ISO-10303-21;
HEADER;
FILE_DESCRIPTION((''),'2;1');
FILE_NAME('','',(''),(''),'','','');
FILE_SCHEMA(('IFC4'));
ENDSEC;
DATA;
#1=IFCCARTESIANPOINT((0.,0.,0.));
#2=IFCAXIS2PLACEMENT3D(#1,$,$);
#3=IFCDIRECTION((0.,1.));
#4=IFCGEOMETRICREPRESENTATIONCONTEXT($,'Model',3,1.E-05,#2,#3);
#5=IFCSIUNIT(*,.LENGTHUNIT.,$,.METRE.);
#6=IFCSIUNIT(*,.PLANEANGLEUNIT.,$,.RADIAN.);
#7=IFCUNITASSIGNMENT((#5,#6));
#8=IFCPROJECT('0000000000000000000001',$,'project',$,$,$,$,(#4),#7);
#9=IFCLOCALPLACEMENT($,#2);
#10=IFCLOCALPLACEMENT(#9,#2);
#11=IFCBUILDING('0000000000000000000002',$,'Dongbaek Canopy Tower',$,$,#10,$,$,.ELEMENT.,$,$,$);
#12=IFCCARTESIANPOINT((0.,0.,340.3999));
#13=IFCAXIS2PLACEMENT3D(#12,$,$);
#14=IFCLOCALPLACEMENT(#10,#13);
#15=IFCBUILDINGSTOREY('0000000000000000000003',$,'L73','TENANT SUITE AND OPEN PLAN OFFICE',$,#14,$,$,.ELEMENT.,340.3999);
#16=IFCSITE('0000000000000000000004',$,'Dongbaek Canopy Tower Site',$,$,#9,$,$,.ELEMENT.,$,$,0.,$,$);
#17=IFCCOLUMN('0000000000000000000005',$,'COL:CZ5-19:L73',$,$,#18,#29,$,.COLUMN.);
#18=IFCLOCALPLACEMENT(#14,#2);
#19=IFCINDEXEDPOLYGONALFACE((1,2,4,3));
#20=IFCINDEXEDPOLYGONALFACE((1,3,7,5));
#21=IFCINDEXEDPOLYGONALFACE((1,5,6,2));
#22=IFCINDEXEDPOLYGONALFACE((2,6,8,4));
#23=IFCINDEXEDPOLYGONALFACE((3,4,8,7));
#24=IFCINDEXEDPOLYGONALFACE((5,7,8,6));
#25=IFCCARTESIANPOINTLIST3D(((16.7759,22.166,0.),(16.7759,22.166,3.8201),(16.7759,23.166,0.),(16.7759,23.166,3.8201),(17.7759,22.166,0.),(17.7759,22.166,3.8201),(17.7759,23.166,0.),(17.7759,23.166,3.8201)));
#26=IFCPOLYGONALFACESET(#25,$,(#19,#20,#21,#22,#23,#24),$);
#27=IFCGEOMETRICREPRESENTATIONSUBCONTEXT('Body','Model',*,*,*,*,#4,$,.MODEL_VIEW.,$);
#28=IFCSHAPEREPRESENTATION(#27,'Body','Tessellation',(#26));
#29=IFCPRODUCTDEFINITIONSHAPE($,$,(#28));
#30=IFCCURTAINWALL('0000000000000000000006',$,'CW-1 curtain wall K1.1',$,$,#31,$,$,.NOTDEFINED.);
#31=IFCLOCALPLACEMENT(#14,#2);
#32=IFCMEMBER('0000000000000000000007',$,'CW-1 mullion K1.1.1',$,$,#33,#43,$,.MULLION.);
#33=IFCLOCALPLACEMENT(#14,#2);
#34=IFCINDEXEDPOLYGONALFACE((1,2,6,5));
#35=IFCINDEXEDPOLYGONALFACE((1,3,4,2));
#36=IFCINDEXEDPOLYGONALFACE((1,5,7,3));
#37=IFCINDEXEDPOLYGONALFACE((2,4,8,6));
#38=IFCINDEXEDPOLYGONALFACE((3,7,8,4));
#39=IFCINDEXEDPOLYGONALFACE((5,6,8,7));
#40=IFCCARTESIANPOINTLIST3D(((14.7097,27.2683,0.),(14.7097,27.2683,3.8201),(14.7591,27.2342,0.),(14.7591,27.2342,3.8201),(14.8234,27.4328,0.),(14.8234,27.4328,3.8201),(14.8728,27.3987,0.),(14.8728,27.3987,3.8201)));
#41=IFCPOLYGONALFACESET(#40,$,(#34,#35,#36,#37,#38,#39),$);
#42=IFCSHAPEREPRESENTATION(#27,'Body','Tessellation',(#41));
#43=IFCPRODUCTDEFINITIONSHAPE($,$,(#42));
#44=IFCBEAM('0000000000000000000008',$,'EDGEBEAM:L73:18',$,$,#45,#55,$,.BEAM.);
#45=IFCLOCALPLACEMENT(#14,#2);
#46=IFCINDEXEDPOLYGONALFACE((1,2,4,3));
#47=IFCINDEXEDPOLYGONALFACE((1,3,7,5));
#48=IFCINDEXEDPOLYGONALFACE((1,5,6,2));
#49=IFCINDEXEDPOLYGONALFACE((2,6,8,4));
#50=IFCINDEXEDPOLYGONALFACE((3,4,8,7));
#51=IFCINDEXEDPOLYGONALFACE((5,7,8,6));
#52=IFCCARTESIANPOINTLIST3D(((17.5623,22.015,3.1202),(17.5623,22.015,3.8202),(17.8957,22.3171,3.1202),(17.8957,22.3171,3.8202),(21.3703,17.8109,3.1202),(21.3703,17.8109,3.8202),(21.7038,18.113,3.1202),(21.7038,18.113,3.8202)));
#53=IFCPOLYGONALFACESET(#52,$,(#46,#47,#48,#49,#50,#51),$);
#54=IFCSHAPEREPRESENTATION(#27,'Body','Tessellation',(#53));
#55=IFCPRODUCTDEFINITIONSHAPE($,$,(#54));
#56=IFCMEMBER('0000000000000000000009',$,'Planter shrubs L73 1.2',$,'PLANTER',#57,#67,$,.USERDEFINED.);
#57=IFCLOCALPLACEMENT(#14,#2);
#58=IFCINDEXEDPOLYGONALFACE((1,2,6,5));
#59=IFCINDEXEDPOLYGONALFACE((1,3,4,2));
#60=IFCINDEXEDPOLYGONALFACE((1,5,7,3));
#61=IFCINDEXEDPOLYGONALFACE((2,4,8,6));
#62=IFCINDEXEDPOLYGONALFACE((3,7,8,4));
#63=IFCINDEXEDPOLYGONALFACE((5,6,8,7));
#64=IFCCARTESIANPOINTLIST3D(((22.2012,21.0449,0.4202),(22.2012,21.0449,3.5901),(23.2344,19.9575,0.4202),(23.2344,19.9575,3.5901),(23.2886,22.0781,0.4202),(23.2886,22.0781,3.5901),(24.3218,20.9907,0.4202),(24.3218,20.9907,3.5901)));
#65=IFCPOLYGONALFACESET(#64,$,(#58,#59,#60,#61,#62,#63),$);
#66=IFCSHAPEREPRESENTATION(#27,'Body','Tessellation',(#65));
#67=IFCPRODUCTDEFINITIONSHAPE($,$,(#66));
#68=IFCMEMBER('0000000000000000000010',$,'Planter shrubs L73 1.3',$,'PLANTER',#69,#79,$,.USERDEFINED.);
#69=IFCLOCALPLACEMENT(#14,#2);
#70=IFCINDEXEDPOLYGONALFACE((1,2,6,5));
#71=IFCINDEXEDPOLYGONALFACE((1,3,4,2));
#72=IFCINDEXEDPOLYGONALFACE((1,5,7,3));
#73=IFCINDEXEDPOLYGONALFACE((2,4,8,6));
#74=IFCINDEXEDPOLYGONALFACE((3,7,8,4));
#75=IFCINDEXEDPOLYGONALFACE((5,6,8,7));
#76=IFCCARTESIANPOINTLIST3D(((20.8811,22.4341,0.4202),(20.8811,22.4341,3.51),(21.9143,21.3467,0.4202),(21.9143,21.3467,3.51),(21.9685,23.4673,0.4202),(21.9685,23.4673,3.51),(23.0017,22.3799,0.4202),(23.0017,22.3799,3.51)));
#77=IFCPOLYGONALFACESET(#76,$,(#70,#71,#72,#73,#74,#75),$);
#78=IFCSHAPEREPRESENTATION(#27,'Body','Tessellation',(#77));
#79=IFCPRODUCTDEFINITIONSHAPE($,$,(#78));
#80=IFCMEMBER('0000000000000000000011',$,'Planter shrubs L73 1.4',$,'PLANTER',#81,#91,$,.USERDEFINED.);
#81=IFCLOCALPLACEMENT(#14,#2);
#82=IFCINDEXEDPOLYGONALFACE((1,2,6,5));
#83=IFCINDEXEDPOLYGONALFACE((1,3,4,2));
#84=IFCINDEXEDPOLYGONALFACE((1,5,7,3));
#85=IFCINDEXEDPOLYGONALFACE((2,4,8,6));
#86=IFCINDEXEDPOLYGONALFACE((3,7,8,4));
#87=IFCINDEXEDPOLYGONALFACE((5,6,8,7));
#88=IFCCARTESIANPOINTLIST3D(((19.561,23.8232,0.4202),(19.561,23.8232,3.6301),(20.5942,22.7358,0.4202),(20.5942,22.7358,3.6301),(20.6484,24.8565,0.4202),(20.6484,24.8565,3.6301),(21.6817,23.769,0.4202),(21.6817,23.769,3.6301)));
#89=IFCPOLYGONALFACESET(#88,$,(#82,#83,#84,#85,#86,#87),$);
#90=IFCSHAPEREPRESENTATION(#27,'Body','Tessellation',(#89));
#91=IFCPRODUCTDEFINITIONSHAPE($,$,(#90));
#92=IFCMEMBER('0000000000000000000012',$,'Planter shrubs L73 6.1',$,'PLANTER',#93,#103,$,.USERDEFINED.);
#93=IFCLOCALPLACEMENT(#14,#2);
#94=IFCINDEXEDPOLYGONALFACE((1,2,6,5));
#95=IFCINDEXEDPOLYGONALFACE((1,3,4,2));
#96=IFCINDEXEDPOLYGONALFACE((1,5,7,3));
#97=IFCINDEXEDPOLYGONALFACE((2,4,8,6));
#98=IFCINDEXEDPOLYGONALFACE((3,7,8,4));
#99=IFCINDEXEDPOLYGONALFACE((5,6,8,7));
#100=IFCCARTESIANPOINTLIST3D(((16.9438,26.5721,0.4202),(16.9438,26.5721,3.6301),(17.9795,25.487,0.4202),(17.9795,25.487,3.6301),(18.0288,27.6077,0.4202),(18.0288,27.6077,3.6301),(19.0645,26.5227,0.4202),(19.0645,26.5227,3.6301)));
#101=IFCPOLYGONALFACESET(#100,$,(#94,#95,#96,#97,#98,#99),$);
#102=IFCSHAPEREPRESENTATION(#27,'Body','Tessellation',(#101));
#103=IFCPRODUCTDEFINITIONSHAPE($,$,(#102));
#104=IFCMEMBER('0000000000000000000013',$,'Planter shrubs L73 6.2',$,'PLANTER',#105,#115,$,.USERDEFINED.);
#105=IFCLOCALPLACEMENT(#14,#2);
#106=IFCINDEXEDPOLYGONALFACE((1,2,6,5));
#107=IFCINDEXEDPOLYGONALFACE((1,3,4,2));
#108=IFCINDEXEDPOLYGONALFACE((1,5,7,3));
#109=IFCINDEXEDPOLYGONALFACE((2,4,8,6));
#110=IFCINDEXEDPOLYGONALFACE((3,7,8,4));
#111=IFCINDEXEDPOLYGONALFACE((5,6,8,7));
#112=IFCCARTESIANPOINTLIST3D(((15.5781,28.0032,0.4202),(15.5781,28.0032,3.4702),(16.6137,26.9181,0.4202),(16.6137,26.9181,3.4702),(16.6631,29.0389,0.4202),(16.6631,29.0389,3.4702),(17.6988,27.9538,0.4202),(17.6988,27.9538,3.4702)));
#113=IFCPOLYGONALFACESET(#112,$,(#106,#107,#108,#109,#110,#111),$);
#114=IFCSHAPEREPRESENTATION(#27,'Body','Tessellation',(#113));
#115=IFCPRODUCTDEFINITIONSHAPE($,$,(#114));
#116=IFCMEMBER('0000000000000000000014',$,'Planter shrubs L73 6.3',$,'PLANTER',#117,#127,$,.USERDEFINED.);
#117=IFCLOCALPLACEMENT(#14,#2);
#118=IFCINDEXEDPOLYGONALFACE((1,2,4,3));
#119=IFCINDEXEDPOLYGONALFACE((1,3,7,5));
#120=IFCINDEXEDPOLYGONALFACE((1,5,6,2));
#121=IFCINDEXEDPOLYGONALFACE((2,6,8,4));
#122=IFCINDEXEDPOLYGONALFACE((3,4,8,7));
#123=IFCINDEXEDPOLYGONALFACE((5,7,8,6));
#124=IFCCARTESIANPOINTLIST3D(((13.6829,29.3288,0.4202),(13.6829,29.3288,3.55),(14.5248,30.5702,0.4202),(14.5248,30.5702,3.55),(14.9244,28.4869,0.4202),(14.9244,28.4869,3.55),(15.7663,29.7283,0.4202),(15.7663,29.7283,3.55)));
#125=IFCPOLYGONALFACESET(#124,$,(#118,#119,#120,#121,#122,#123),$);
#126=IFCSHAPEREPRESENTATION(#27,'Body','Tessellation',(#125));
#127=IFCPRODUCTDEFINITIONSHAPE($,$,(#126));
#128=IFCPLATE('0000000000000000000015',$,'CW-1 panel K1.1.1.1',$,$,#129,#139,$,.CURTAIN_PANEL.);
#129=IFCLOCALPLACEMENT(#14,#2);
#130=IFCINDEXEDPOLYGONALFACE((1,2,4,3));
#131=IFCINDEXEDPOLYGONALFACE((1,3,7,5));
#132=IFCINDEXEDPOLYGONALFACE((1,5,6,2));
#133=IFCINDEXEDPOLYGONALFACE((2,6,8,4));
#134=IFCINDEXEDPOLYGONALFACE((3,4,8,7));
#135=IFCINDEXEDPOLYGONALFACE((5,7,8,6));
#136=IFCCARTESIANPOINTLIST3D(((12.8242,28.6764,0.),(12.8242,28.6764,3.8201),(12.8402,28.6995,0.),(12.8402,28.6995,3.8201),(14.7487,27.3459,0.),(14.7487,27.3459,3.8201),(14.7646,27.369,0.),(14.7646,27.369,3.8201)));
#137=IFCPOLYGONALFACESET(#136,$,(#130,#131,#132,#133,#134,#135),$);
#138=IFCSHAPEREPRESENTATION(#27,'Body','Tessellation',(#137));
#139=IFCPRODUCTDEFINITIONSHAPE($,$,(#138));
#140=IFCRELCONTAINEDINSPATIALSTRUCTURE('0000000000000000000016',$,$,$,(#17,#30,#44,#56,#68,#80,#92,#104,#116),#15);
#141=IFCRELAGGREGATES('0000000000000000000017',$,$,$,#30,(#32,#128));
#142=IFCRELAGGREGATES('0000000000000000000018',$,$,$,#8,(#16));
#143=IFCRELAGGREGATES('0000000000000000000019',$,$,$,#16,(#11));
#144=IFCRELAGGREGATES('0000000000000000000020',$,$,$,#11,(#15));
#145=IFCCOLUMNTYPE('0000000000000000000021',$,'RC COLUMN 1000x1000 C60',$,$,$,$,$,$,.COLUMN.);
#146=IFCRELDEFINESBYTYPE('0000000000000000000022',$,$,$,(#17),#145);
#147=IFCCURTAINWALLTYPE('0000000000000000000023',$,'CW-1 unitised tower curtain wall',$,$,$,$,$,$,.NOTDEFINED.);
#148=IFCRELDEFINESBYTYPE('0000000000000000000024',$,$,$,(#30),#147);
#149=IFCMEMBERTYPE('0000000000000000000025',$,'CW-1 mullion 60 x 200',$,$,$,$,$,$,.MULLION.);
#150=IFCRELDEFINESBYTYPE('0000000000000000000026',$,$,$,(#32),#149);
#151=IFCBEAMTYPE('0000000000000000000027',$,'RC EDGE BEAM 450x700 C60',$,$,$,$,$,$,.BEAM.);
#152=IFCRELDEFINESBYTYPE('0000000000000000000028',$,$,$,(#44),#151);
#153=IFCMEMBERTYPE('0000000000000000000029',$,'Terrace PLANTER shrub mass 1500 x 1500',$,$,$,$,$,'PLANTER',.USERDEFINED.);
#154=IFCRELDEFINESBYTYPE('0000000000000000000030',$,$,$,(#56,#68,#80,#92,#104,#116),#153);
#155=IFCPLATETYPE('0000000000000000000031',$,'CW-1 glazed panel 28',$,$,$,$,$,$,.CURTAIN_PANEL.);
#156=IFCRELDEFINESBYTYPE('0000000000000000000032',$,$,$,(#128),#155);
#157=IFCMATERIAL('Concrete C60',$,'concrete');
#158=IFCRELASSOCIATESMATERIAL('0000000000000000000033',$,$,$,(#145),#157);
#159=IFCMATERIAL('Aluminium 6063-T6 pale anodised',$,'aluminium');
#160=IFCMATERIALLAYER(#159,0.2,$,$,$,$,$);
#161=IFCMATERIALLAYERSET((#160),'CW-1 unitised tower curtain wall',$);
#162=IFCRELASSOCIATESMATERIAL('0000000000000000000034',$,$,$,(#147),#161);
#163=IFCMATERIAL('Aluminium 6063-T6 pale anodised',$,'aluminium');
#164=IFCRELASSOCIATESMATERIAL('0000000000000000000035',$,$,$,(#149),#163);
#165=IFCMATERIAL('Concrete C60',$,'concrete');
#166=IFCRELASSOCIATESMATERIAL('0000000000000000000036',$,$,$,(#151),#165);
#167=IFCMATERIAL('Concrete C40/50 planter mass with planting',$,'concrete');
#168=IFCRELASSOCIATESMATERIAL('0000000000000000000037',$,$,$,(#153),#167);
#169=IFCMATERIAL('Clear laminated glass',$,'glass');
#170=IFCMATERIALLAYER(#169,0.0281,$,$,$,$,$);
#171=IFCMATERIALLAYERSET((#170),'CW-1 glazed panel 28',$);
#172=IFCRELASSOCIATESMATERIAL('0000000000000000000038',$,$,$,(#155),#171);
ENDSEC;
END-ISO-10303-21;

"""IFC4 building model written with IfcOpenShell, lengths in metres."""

from ifc_helpers import new_model, si_unit, direction, frame, origin, origin_2d, place, context, subcontext, project, spatial, rectangle, extrude, material, layer, layer_set, material_profile, profile_set, type_object, element, aggregate, save


model = new_model("IFC4")

# Units and contexts
model_context = context("Model", 3, precision=1e-05, world=origin(), true_north=direction((0.0, 1.0)))
body_context = subcontext(model_context, "Body", "Model", "MODEL_VIEW")
ifc_project = project(units=[si_unit("LENGTHUNIT", "METRE"), si_unit("PLANEANGLEUNIT", "RADIAN")], contexts=[model_context])

# Site, building, storey
site_placement = place(None, origin())
site = spatial("IfcSite", under=ifc_project, at=site_placement, Name="Dongbaek Canopy Tower Site", CompositionType="ELEMENT", RefElevation=0.0)
building_placement = place(site_placement, origin())
building = spatial("IfcBuilding", under=site, at=building_placement, Name="Dongbaek Canopy Tower", CompositionType="ELEMENT")
storey_placement = place(building_placement, frame((0.0, 0.0, 340.3999)))
storey = spatial("IfcBuildingStorey", under=building, at=storey_placement, Name="L73", Description="TENANT SUITE AND OPEN PLAN OFFICE", CompositionType="ELEMENT", Elevation=340.3999)

# Column
ifc_material_1 = material(Name="Concrete C60", Category="concrete")
ifc_material_profile_1 = material_profile(ifc_material_1, rectangle(XDim=1.0, YDim=1.0, at=origin_2d()), Name="RC COLUMN 1000x1000 C60")
ifc_profile_set_1 = profile_set([ifc_material_profile_1], Name="Concrete C60")
column_type = type_object("IfcColumnType", Name="RC COLUMN 1000x1000 C60", PredefinedType="COLUMN", material=ifc_profile_set_1)
column_placement = place(storey_placement, frame((17.2759, 22.666, 0.0), z_axis=(0.0, 0.0, 1.0), x_axis=(1.0, 0.0, 0.0)))
element("IfcColumn", 1, at=column_placement, inside=storey, type_object=column_type, Name="COL:CZ5-19:L73", PredefinedType="COLUMN", context=body_context, shape_type="SweptSolid", body=[
    extrude(rectangle(XDim=1.0, YDim=1.0, at=origin_2d()), origin(), (0.0, 0.0, 1.0), 3.8201),
])

# Curtain wall, member
ifc_material_2 = material(Name="Aluminium 6063-T6 pale anodised", Category="aluminium")
ifc_layer_1 = layer(ifc_material_2, 0.2)
ifc_layer_set_1 = layer_set([ifc_layer_1], Name="CW-1 unitised tower curtain wall")
curtain_wall_type = type_object("IfcCurtainWallType", Name="CW-1 unitised tower curtain wall", PredefinedType="NOTDEFINED", material=ifc_layer_set_1)
curtain_wall_placement = place(storey_placement, origin())
curtain_wall = element("IfcCurtainWall", 2, at=curtain_wall_placement, inside=storey, type_object=curtain_wall_type, Name="CW-1 curtain wall K1.1", PredefinedType="NOTDEFINED")
ifc_material_3 = material(Name="Aluminium 6063-T6 pale anodised", Category="aluminium")
ifc_material_profile_2 = material_profile(ifc_material_3, rectangle(XDim=0.2, YDim=0.0601, at=origin_2d()), Name="CW-1 mullion 60 x 200")
ifc_profile_set_2 = profile_set([ifc_material_profile_2], Name="Aluminium 6063-T6 pale anodised")
member_type_1 = type_object("IfcMemberType", Name="CW-1 mullion 60 x 200", PredefinedType="MULLION", material=ifc_profile_set_2)
member_1_placement = place(storey_placement, frame((14.7913, 27.3335, 0.0), z_axis=(0.0, 0.0, 1.0), x_axis=(0.568695, 0.822548, 0.0)))
member_1 = element("IfcMember", 3, at=member_1_placement, type_object=member_type_1, Name="CW-1 mullion K1.1.1", PredefinedType="MULLION", context=body_context, shape_type="SweptSolid", body=[
    extrude(rectangle(XDim=0.2, YDim=0.0601, at=origin_2d()), origin(), (0.0, 0.0, 1.0), 3.8201),
])

# Beam
ifc_material_4 = material(Name="Concrete C60", Category="concrete")
ifc_material_profile_3 = material_profile(ifc_material_4, rectangle(XDim=0.45, YDim=0.7, at=origin_2d()), Name="RC EDGE BEAM 450x700 C60")
ifc_profile_set_3 = profile_set([ifc_material_profile_3], Name="Concrete C60")
beam_type = type_object("IfcBeamType", Name="RC EDGE BEAM 450x700 C60", PredefinedType="BEAM", material=ifc_profile_set_3)
beam_placement = place(storey_placement, frame((17.729, 22.166, 3.4702), z_axis=(0.671339, -0.74115, 0.0), x_axis=(0.74115, 0.671339, 0.0)))
element("IfcBeam", 4, at=beam_placement, inside=storey, type_object=beam_type, Name="EDGEBEAM:L73:18", PredefinedType="BEAM", context=body_context, shape_type="SweptSolid", body=[
    extrude(rectangle(XDim=0.45, YDim=0.7, at=origin_2d()), origin(), (0.0, 0.0, 1.0), 5.6724),
])

# Members
ifc_material_5 = material(Name="Concrete C40/50 planter mass with planting", Category="concrete")
ifc_material_profile_4 = material_profile(ifc_material_5, rectangle(XDim=1.5, YDim=1.5, at=origin_2d()), Name="Terrace PLANTER shrub mass 1500 x 1500")
ifc_profile_set_4 = profile_set([ifc_material_profile_4], Name="Concrete C40/50 planter mass with planting")
member_type_2 = type_object("IfcMemberType", Name="Terrace PLANTER shrub mass 1500 x 1500", ElementType="PLANTER", PredefinedType="USERDEFINED", material=ifc_profile_set_4)
member_2_placement = place(storey_placement, frame((23.2615, 21.0178, 0.4202), z_axis=(0.0, 0.0, 1.0), x_axis=(0.72494, 0.688812, 0.0)))
element("IfcMember", 5, at=member_2_placement, inside=storey, type_object=member_type_2, Name="Planter shrubs L73 1.2", ObjectType="PLANTER", PredefinedType="USERDEFINED", context=body_context, shape_type="SweptSolid", body=[
    extrude(rectangle(XDim=1.5, YDim=1.5, at=origin_2d()), origin(), (0.0, 0.0, 1.0), 3.1699),
])
member_3_placement = place(storey_placement, frame((21.9414, 22.407, 0.4202), z_axis=(0.0, 0.0, 1.0), x_axis=(0.72494, 0.688812, 0.0)))
element("IfcMember", 6, at=member_3_placement, inside=storey, type_object=member_type_2, Name="Planter shrubs L73 1.3", ObjectType="PLANTER", PredefinedType="USERDEFINED", context=body_context, shape_type="SweptSolid", body=[
    extrude(rectangle(XDim=1.5, YDim=1.5, at=origin_2d()), origin(), (0.0, 0.0, 1.0), 3.0898),
])
for number, where, z_axis, x_axis, name in (
    (7, (20.6213, 23.7961, 0.4202), (0.0, 0.0, 1.0), (0.72494, 0.688812, 0.0), "Planter shrubs L73 1.4"),
    (8, (18.0042, 26.5474, 0.4202), (0.0, 0.0, 1.0), (0.723378, 0.690452, 0.0), "Planter shrubs L73 6.1"),
):
    element("IfcMember", number, at=place(storey_placement, frame(where, z_axis=z_axis, x_axis=x_axis)), inside=storey, type_object=member_type_2, Name=name, ObjectType="PLANTER", PredefinedType="USERDEFINED", context=body_context, shape_type="SweptSolid", body=[
        extrude(rectangle(XDim=1.5, YDim=1.5, at=origin_2d()), origin(), (0.0, 0.0, 1.0), 3.21),
    ])
member_4_placement = place(storey_placement, frame((16.6384, 27.9785, 0.4202), z_axis=(0.0, 0.0, 1.0), x_axis=(0.723378, 0.690452, 0.0)))
element("IfcMember", 9, at=member_4_placement, inside=storey, type_object=member_type_2, Name="Planter shrubs L73 6.2", ObjectType="PLANTER", PredefinedType="USERDEFINED", context=body_context, shape_type="SweptSolid", body=[
    extrude(rectangle(XDim=1.5, YDim=1.5, at=origin_2d()), origin(), (0.0, 0.0, 1.0), 3.05),
])
member_5_placement = place(storey_placement, frame((14.7246, 29.5286, 0.4202), z_axis=(0.0, 0.0, 1.0), x_axis=(0.561266, 0.827636, 0.0)))
element("IfcMember", 10, at=member_5_placement, inside=storey, type_object=member_type_2, Name="Planter shrubs L73 6.3", ObjectType="PLANTER", PredefinedType="USERDEFINED", context=body_context, shape_type="SweptSolid", body=[
    extrude(rectangle(XDim=1.5, YDim=1.5, at=origin_2d()), origin(), (0.0, 0.0, 1.0), 3.1299),
])

# Plate
ifc_material_6 = material(Name="Clear laminated glass", Category="glass")
ifc_layer_2 = layer(ifc_material_6, 0.0281)
ifc_layer_set_2 = layer_set([ifc_layer_2], Name="CW-1 glazed panel 28")
plate_type = type_object("IfcPlateType", Name="CW-1 glazed panel 28", PredefinedType="CURTAIN_PANEL", material=ifc_layer_set_2)
plate_placement = place(storey_placement, frame((13.7944, 28.0227, 0.0), z_axis=(0.0, 0.0, 1.0), x_axis=(-0.822548, 0.568695, 0.0)))
plate = element("IfcPlate", 11, at=plate_placement, type_object=plate_type, Name="CW-1 panel K1.1.1.1", PredefinedType="CURTAIN_PANEL", context=body_context, shape_type="SweptSolid", body=[
    extrude(rectangle(XDim=2.3396, YDim=0.0281, at=origin_2d()), origin(), (0.0, 0.0, 1.0), 3.8201),
])
aggregate(curtain_wall, [member_1, plate])

save(model, "model.ifc")
